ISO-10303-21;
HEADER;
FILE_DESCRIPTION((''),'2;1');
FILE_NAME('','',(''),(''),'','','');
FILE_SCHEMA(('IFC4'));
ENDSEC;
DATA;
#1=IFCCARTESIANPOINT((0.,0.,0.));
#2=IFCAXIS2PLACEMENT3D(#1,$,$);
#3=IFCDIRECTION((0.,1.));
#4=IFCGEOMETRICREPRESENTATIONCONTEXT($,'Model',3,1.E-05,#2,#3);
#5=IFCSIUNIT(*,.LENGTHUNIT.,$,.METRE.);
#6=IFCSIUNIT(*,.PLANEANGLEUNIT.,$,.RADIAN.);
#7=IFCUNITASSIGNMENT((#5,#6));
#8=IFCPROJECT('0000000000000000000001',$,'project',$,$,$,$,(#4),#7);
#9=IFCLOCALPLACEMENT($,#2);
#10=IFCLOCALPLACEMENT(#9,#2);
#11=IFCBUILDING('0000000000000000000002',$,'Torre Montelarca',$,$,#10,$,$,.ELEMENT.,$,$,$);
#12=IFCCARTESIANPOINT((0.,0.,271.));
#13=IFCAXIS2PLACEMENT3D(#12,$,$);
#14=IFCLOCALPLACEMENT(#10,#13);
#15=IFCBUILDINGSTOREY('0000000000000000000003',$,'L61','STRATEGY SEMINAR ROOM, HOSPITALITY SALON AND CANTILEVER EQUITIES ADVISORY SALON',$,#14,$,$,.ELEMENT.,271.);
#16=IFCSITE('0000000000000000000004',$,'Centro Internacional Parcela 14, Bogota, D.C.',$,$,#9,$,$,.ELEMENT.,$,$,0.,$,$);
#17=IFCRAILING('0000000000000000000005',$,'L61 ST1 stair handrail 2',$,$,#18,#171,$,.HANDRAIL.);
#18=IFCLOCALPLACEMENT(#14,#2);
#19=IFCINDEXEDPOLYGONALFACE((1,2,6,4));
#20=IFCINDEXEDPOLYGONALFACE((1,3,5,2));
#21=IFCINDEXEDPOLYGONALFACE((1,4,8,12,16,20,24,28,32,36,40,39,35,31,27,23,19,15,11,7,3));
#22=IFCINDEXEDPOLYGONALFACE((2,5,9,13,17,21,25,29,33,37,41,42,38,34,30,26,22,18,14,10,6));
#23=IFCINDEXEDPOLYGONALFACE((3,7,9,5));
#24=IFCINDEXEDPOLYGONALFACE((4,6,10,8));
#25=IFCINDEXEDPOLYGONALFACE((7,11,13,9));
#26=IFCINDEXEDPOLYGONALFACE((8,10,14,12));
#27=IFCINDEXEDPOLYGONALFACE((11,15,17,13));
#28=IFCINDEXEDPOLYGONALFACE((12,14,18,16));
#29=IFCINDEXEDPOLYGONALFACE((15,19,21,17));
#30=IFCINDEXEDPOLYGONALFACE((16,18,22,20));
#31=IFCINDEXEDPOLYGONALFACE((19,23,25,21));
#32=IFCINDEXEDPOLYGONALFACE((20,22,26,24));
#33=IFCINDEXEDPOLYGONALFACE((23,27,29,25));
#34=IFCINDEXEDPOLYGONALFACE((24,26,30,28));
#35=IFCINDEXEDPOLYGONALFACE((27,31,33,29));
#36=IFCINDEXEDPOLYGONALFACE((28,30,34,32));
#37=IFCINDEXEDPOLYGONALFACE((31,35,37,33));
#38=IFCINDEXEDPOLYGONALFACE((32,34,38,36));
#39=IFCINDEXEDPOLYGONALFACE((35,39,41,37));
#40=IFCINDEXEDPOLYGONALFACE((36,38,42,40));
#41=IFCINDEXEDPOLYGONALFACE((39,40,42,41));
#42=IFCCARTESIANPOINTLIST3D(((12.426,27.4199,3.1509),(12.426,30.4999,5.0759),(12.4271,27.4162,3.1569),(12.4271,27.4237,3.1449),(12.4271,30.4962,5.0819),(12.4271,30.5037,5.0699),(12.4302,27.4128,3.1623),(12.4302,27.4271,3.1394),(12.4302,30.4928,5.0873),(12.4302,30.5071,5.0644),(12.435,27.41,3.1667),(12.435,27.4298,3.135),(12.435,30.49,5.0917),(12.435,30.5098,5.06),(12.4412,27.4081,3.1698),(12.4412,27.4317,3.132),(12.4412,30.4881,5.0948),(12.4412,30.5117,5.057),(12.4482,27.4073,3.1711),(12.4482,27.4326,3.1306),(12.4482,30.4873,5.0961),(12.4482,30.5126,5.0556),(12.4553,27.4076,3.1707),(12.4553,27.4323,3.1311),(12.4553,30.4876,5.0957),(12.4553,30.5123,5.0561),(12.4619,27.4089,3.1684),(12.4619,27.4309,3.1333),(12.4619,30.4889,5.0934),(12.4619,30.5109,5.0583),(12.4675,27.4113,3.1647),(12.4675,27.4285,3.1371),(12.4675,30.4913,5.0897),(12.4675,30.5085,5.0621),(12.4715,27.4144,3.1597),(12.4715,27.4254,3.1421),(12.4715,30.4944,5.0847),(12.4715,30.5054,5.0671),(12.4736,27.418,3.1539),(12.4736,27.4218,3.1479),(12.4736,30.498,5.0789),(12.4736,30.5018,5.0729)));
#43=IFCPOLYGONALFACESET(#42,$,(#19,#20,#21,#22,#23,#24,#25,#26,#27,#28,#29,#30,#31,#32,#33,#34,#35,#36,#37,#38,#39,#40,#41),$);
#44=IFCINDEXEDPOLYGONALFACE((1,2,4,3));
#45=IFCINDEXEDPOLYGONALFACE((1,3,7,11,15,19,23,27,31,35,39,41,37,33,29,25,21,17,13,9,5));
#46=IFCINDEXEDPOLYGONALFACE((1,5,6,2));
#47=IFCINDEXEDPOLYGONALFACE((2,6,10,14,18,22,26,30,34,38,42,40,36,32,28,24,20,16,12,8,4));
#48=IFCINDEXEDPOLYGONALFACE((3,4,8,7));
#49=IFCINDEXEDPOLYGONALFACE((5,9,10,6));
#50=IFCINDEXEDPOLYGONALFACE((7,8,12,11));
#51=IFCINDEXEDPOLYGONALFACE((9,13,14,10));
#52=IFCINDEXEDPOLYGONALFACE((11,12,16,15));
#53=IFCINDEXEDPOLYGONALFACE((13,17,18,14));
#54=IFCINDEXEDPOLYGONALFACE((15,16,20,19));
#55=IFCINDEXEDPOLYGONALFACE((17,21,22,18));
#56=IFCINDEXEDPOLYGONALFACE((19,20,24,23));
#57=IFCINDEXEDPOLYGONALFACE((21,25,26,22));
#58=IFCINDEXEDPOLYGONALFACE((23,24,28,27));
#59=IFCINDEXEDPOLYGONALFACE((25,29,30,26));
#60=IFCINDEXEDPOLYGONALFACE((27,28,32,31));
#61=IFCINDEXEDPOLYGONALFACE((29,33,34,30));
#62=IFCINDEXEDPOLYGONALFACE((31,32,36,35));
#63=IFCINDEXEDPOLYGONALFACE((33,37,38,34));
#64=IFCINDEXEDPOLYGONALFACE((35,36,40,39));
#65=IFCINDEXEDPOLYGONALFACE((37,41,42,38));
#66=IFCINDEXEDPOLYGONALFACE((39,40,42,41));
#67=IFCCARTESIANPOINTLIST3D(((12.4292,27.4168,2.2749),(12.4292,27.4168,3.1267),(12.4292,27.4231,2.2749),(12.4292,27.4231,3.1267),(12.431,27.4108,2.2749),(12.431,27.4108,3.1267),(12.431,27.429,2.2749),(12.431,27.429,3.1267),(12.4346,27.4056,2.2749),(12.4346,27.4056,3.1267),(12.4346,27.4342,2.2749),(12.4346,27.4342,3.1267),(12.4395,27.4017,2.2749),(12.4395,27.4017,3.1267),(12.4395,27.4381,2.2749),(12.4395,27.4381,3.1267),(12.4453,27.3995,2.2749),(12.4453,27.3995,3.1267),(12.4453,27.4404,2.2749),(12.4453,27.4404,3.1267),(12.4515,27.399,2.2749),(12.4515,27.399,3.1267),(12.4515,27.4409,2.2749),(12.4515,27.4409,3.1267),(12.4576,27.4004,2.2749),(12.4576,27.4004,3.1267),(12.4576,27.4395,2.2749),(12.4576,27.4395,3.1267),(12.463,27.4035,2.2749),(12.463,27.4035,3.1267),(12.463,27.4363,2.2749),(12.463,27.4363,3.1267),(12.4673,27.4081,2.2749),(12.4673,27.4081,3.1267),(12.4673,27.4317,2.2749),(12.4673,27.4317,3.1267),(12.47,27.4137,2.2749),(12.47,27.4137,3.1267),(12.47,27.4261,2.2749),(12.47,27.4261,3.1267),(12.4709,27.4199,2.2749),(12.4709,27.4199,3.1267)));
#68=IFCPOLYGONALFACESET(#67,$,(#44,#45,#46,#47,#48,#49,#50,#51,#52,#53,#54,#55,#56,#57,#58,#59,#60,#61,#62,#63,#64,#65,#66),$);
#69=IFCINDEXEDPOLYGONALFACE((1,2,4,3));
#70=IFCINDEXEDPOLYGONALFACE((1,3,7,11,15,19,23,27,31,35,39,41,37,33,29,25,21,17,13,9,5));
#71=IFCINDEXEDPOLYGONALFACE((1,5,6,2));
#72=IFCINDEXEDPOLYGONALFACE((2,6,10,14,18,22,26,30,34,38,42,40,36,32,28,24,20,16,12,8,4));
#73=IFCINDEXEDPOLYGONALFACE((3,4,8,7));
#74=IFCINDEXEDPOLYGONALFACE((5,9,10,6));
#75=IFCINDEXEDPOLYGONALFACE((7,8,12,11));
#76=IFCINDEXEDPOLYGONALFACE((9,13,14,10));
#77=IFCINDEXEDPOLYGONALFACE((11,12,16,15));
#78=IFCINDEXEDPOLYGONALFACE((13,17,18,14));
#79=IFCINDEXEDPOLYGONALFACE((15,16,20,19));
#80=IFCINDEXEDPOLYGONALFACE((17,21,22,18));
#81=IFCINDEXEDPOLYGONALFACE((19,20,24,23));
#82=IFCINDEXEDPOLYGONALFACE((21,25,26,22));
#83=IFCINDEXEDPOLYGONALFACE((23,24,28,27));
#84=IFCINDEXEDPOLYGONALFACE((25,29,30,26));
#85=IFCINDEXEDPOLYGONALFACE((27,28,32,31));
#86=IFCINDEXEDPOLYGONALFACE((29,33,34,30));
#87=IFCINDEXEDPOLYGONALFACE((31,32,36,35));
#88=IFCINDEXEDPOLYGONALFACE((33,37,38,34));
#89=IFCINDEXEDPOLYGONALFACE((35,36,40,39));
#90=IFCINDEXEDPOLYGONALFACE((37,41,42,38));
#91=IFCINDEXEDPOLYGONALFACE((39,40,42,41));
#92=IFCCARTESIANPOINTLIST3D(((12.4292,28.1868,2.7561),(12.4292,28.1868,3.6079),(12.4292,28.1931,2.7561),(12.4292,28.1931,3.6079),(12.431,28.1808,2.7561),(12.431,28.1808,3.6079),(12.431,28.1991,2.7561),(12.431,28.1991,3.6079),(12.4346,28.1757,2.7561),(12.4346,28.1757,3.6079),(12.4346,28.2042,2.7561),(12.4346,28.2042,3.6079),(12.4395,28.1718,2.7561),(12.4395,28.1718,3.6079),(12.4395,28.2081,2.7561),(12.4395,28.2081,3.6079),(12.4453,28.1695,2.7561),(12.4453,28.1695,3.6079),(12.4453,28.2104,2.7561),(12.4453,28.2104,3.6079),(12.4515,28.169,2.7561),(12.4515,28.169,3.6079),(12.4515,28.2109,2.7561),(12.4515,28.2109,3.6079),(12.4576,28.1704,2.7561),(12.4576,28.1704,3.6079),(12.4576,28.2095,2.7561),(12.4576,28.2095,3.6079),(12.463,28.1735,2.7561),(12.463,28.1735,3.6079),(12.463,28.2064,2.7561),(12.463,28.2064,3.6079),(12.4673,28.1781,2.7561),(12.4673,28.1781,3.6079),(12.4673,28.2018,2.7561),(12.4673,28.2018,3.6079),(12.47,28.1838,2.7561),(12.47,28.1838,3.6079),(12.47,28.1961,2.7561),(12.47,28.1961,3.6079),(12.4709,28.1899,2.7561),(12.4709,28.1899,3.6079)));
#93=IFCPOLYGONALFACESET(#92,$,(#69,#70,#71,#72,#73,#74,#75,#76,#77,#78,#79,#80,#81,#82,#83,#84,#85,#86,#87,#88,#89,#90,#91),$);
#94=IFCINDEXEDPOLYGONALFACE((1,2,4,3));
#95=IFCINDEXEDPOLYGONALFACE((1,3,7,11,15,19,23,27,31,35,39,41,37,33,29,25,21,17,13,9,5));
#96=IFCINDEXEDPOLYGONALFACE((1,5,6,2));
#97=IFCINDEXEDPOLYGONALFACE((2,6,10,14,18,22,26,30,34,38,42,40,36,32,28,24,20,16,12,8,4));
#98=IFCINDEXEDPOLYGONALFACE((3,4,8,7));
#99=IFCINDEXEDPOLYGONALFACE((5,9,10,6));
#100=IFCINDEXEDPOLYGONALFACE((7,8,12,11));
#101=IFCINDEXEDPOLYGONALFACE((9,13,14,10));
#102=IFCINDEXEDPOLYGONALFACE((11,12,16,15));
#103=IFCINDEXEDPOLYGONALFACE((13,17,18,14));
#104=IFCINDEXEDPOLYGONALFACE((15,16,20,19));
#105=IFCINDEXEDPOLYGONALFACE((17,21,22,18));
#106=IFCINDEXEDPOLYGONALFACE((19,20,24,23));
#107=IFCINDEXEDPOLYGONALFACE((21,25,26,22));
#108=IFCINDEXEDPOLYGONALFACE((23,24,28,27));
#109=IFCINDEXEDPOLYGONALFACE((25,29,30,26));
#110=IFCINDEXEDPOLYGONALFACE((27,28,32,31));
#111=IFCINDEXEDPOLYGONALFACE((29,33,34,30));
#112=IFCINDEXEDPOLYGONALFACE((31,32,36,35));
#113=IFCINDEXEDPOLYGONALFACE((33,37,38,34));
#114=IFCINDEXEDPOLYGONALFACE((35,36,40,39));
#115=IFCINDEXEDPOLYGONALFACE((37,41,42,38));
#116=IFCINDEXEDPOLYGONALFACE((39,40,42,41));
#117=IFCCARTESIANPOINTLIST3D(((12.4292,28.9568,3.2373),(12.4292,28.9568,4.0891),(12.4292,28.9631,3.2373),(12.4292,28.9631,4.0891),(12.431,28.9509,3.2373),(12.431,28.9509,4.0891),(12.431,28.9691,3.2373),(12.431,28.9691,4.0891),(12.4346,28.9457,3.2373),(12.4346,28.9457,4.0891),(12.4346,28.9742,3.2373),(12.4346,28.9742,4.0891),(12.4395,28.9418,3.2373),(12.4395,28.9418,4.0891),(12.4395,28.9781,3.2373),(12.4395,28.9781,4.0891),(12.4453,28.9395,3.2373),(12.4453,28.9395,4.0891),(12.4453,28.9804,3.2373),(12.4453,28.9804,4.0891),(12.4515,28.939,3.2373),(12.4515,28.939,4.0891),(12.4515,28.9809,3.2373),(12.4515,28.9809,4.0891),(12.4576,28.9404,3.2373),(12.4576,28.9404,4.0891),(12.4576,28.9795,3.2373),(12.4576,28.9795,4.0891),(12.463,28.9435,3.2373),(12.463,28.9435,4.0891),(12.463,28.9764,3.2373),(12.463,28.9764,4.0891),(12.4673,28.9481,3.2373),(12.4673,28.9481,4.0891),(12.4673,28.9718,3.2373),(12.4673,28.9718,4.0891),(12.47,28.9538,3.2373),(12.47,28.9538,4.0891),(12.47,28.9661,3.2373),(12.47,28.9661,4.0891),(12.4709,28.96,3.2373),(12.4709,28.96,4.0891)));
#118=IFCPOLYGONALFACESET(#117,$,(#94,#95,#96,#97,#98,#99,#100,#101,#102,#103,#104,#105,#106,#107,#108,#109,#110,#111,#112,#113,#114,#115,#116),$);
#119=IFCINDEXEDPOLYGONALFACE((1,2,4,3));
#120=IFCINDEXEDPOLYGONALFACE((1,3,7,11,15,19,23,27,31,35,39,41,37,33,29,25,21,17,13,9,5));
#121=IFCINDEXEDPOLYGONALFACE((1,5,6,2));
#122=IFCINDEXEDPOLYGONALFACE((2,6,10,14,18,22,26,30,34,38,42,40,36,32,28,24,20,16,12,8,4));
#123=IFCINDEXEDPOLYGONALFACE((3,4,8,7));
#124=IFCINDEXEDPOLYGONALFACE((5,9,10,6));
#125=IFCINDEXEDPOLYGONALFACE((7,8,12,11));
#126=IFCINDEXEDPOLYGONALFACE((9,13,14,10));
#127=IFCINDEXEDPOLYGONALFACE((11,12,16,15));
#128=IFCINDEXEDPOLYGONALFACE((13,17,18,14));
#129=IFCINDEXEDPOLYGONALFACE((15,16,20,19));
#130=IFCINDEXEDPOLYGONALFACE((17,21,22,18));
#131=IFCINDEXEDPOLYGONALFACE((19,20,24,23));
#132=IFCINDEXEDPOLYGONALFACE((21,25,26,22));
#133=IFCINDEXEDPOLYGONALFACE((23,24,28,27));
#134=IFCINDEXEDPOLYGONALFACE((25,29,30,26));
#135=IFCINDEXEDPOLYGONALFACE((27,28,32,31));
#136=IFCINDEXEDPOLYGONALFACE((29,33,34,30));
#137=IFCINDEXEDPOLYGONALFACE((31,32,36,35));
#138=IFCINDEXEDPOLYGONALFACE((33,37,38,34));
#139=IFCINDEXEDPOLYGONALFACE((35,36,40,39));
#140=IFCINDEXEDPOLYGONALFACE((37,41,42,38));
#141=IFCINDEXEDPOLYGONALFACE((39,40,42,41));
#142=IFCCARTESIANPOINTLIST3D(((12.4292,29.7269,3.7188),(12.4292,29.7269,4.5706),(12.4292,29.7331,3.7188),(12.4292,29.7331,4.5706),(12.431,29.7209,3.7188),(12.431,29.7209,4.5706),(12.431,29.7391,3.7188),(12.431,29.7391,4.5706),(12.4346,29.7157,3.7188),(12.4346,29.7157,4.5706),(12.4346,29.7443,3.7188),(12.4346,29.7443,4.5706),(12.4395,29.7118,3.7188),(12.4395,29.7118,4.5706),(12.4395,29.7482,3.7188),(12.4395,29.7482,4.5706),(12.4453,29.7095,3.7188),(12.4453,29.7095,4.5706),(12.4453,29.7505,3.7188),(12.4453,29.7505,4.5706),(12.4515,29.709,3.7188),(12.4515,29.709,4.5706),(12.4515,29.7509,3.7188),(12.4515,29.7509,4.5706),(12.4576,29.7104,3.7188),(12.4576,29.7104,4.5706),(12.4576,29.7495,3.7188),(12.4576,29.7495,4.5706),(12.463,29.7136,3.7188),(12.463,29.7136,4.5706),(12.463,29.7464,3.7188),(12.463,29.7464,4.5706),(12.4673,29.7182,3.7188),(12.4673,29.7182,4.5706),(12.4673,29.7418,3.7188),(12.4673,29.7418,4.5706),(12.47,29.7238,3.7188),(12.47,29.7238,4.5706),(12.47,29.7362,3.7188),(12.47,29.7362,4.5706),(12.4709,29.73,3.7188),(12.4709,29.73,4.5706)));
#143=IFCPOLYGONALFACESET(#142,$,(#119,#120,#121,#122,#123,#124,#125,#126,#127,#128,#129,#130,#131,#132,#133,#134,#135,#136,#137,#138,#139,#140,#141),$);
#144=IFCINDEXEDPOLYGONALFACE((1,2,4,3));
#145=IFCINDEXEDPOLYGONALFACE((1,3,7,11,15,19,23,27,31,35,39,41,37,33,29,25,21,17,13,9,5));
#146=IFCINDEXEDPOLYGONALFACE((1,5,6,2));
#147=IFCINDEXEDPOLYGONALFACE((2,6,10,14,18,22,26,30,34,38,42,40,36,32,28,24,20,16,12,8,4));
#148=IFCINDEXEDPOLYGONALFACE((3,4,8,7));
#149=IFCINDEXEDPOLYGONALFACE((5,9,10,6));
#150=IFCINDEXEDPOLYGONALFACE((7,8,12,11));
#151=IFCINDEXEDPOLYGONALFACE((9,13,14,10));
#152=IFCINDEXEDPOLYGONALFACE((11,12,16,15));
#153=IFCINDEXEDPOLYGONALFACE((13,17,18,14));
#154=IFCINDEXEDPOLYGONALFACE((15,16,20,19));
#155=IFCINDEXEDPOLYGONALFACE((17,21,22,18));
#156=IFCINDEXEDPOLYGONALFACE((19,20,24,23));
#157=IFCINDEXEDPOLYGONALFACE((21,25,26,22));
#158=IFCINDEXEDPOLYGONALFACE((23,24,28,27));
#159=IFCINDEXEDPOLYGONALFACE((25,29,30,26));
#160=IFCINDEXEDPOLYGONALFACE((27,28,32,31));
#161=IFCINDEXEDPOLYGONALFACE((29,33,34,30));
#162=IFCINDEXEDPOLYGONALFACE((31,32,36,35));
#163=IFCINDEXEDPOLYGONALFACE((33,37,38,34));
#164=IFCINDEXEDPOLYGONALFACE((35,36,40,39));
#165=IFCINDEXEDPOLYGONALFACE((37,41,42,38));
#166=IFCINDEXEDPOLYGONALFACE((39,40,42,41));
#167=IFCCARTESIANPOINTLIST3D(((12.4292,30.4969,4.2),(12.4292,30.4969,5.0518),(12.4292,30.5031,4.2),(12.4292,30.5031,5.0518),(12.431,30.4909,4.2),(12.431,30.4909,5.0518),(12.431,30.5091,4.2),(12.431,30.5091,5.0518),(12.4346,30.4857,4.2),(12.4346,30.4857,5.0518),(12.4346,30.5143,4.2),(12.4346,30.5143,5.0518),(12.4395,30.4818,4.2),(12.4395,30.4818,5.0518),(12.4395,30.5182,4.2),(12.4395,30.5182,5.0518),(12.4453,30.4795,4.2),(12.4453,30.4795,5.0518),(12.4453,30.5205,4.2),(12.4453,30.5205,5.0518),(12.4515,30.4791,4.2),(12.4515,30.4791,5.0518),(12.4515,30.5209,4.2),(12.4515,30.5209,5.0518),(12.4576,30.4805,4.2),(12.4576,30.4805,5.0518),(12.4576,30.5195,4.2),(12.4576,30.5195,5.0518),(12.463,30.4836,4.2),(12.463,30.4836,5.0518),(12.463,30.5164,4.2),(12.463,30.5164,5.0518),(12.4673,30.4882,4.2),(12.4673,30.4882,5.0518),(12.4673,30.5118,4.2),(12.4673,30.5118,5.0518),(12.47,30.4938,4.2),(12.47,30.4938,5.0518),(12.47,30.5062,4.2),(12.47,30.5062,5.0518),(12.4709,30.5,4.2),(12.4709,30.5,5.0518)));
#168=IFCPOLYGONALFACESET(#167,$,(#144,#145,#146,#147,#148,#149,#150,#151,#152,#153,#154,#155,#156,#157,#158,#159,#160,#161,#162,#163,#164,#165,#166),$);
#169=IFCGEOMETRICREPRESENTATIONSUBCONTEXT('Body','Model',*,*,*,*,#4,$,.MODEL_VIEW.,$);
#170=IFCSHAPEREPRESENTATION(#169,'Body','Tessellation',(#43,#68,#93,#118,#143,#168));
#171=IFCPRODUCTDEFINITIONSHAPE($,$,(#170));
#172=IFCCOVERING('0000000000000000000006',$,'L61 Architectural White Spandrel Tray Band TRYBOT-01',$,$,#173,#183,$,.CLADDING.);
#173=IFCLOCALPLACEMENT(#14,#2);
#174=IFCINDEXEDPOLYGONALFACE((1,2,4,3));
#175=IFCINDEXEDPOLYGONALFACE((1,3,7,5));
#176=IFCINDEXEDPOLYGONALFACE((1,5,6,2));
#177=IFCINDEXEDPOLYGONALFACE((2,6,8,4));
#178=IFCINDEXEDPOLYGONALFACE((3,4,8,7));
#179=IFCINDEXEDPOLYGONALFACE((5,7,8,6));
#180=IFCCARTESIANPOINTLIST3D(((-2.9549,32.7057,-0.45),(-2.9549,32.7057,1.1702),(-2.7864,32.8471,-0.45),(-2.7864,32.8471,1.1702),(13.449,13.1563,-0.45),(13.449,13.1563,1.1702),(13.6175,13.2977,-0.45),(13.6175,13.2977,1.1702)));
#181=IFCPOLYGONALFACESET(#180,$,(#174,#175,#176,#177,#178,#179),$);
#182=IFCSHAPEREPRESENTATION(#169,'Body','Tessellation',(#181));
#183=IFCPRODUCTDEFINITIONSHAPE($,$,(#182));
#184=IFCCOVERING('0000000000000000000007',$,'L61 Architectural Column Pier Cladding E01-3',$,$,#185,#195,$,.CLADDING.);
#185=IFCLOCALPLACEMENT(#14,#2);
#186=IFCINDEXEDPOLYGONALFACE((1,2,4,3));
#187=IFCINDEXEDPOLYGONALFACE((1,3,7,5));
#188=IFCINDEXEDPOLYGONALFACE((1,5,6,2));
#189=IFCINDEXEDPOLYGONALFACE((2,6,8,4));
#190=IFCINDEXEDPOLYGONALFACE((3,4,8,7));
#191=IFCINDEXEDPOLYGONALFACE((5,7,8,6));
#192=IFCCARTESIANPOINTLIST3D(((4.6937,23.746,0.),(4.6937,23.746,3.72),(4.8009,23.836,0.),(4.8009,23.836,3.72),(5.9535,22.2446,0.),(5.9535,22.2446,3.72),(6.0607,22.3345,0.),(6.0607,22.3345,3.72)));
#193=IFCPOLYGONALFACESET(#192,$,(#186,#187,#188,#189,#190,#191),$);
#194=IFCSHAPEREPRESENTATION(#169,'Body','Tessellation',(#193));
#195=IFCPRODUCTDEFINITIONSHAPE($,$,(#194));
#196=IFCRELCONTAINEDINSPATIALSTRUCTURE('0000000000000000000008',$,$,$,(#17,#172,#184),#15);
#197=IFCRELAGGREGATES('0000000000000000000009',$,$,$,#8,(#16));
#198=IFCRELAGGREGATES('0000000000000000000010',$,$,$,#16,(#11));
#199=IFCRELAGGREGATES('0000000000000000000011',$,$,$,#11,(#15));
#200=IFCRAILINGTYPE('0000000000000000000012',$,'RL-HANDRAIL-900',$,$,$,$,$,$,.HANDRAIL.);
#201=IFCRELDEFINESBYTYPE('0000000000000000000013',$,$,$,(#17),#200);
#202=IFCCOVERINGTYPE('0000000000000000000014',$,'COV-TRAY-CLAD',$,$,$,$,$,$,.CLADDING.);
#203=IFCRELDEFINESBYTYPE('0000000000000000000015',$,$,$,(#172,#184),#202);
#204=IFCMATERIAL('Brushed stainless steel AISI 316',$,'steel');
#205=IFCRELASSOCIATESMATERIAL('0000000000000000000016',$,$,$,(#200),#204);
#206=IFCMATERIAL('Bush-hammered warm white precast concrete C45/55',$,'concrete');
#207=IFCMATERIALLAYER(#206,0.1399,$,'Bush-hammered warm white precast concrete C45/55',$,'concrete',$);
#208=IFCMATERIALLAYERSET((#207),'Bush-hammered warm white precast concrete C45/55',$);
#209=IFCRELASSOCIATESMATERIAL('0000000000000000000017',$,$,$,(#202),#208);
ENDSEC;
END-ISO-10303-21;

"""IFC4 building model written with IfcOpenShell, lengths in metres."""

from ifc_helpers import new_model, si_unit, direction, frame, origin, origin_2d, place, context, subcontext, project, spatial, rectangle, circle, extrude, source, transform, mapped, material, layer, layer_set, type_object, element, save


model = new_model("IFC4")

# Units and contexts
model_context = context("Model", 3, precision=1e-05, world=origin(), true_north=direction((0.0, 1.0)))
body_context = subcontext(model_context, "Body", "Model", "MODEL_VIEW")
ifc_project = project(units=[si_unit("LENGTHUNIT", "METRE"), si_unit("PLANEANGLEUNIT", "RADIAN")], contexts=[model_context])

# Site, building, storey
site_placement = place(None, origin())
site = spatial("IfcSite", under=ifc_project, at=site_placement, Name="Centro Internacional Parcela 14, Bogota, D.C.", CompositionType="ELEMENT", RefElevation=0.0)
building_placement = place(site_placement, origin())
building = spatial("IfcBuilding", under=site, at=building_placement, Name="Torre Montelarca", CompositionType="ELEMENT")
storey_placement = place(building_placement, frame((0.0, 0.0, 271.0)))
storey = spatial("IfcBuildingStorey", under=building, at=storey_placement, Name="L61", Description="STRATEGY SEMINAR ROOM, HOSPITALITY SALON AND CANTILEVER EQUITIES ADVISORY SALON", CompositionType="ELEMENT", Elevation=271.0)

# Railing
ifc_material_1 = material(Name="Brushed stainless steel AISI 316", Category="steel")
railing_type_1 = type_object("IfcRailingType", Name="RL-HANDRAIL-900", PredefinedType="HANDRAIL", material=ifc_material_1)
railing_1_placement = place(storey_placement, frame((12.45, 27.4199, 2.2749)))
element("IfcRailing", 1, at=railing_1_placement, inside=storey, type_object=railing_type_1, Name="L61 ST1 stair handrail 2", PredefinedType="HANDRAIL", context=body_context, shape_type="SweptSolid", body=[
    extrude(circle(Radius=0.0239, at=origin_2d()), frame((0.0, 0.0, 0.876), z_axis=(0.0, 0.847998, 0.529999), x_axis=(-1.0, 0.0, 0.0)), (0.0, 0.0, 1.0), 3.6321),
    extrude(circle(Radius=0.021, at=origin_2d()), origin(), (0.0, 0.0, 1.0), 0.8518),
    extrude(circle(Radius=0.021, at=origin_2d()), frame((0.0, 0.77, 0.4812)), (0.0, 0.0, 1.0), 0.8518),
    extrude(circle(Radius=0.021, at=origin_2d()), frame((0.0, 1.54, 0.9624)), (0.0, 0.0, 1.0), 0.8518),
    extrude(circle(Radius=0.021, at=origin_2d()), frame((0.0, 2.3101, 1.4438)), (0.0, 0.0, 1.0), 0.8518),
    extrude(circle(Radius=0.021, at=origin_2d()), frame((0.0, 3.0801, 1.925)), (0.0, 0.0, 1.0), 0.8518),
])

# Coverings
ifc_material_2 = material(Name="Bush-hammered warm white precast concrete C45/55", Category="concrete")
ifc_layer_1 = layer(ifc_material_2, 0.1399, Name="Bush-hammered warm white precast concrete C45/55", Category="concrete")
ifc_layer_set_1 = layer_set([ifc_layer_1], Name="Bush-hammered warm white precast concrete C45/55")
covering_type = type_object("IfcCoveringType", Name="COV-TRAY-CLAD", PredefinedType="CLADDING", material=ifc_layer_set_1)
shared_shape_1 = source(origin(), body_context, "Body", "SweptSolid", [
    extrude(rectangle(XDim=25.52, YDim=0.22, at=origin_2d()), origin(), (0.0, 0.0, 1.0), 1.6201),
])
covering_1_placement = place(storey_placement, frame((5.3313, 23.0017, -0.45), z_axis=(0.0, 0.0, 1.0), x_axis=(0.642788, -0.766044, 0.0)))
element("IfcCovering", 2, at=covering_1_placement, inside=storey, type_object=covering_type, Name="L61 Architectural White Spandrel Tray Band TRYBOT-01", PredefinedType="CLADDING", context=body_context, shape_type="MappedRepresentation", body=[
    mapped(shared_shape_1, transform((0.0, 0.0, 0.0), scale=1.0)),
])
shared_shape_2 = source(origin(), body_context, "Body", "SweptSolid", [
    extrude(rectangle(XDim=1.96, YDim=0.1399, at=origin_2d()), origin(), (0.0, 0.0, 1.0), 3.72),
])
covering_2_placement = place(storey_placement, frame((5.3772, 23.0403, 0.0), z_axis=(0.0, 0.0, 1.0), x_axis=(0.642789, -0.766043, 0.0)))
element("IfcCovering", 3, at=covering_2_placement, inside=storey, type_object=covering_type, Name="L61 Architectural Column Pier Cladding E01-3", PredefinedType="CLADDING", context=body_context, shape_type="MappedRepresentation", body=[
    mapped(shared_shape_2, transform((0.0, 0.0, 0.0), scale=1.0)),
])

save(model, "model.ifc")
